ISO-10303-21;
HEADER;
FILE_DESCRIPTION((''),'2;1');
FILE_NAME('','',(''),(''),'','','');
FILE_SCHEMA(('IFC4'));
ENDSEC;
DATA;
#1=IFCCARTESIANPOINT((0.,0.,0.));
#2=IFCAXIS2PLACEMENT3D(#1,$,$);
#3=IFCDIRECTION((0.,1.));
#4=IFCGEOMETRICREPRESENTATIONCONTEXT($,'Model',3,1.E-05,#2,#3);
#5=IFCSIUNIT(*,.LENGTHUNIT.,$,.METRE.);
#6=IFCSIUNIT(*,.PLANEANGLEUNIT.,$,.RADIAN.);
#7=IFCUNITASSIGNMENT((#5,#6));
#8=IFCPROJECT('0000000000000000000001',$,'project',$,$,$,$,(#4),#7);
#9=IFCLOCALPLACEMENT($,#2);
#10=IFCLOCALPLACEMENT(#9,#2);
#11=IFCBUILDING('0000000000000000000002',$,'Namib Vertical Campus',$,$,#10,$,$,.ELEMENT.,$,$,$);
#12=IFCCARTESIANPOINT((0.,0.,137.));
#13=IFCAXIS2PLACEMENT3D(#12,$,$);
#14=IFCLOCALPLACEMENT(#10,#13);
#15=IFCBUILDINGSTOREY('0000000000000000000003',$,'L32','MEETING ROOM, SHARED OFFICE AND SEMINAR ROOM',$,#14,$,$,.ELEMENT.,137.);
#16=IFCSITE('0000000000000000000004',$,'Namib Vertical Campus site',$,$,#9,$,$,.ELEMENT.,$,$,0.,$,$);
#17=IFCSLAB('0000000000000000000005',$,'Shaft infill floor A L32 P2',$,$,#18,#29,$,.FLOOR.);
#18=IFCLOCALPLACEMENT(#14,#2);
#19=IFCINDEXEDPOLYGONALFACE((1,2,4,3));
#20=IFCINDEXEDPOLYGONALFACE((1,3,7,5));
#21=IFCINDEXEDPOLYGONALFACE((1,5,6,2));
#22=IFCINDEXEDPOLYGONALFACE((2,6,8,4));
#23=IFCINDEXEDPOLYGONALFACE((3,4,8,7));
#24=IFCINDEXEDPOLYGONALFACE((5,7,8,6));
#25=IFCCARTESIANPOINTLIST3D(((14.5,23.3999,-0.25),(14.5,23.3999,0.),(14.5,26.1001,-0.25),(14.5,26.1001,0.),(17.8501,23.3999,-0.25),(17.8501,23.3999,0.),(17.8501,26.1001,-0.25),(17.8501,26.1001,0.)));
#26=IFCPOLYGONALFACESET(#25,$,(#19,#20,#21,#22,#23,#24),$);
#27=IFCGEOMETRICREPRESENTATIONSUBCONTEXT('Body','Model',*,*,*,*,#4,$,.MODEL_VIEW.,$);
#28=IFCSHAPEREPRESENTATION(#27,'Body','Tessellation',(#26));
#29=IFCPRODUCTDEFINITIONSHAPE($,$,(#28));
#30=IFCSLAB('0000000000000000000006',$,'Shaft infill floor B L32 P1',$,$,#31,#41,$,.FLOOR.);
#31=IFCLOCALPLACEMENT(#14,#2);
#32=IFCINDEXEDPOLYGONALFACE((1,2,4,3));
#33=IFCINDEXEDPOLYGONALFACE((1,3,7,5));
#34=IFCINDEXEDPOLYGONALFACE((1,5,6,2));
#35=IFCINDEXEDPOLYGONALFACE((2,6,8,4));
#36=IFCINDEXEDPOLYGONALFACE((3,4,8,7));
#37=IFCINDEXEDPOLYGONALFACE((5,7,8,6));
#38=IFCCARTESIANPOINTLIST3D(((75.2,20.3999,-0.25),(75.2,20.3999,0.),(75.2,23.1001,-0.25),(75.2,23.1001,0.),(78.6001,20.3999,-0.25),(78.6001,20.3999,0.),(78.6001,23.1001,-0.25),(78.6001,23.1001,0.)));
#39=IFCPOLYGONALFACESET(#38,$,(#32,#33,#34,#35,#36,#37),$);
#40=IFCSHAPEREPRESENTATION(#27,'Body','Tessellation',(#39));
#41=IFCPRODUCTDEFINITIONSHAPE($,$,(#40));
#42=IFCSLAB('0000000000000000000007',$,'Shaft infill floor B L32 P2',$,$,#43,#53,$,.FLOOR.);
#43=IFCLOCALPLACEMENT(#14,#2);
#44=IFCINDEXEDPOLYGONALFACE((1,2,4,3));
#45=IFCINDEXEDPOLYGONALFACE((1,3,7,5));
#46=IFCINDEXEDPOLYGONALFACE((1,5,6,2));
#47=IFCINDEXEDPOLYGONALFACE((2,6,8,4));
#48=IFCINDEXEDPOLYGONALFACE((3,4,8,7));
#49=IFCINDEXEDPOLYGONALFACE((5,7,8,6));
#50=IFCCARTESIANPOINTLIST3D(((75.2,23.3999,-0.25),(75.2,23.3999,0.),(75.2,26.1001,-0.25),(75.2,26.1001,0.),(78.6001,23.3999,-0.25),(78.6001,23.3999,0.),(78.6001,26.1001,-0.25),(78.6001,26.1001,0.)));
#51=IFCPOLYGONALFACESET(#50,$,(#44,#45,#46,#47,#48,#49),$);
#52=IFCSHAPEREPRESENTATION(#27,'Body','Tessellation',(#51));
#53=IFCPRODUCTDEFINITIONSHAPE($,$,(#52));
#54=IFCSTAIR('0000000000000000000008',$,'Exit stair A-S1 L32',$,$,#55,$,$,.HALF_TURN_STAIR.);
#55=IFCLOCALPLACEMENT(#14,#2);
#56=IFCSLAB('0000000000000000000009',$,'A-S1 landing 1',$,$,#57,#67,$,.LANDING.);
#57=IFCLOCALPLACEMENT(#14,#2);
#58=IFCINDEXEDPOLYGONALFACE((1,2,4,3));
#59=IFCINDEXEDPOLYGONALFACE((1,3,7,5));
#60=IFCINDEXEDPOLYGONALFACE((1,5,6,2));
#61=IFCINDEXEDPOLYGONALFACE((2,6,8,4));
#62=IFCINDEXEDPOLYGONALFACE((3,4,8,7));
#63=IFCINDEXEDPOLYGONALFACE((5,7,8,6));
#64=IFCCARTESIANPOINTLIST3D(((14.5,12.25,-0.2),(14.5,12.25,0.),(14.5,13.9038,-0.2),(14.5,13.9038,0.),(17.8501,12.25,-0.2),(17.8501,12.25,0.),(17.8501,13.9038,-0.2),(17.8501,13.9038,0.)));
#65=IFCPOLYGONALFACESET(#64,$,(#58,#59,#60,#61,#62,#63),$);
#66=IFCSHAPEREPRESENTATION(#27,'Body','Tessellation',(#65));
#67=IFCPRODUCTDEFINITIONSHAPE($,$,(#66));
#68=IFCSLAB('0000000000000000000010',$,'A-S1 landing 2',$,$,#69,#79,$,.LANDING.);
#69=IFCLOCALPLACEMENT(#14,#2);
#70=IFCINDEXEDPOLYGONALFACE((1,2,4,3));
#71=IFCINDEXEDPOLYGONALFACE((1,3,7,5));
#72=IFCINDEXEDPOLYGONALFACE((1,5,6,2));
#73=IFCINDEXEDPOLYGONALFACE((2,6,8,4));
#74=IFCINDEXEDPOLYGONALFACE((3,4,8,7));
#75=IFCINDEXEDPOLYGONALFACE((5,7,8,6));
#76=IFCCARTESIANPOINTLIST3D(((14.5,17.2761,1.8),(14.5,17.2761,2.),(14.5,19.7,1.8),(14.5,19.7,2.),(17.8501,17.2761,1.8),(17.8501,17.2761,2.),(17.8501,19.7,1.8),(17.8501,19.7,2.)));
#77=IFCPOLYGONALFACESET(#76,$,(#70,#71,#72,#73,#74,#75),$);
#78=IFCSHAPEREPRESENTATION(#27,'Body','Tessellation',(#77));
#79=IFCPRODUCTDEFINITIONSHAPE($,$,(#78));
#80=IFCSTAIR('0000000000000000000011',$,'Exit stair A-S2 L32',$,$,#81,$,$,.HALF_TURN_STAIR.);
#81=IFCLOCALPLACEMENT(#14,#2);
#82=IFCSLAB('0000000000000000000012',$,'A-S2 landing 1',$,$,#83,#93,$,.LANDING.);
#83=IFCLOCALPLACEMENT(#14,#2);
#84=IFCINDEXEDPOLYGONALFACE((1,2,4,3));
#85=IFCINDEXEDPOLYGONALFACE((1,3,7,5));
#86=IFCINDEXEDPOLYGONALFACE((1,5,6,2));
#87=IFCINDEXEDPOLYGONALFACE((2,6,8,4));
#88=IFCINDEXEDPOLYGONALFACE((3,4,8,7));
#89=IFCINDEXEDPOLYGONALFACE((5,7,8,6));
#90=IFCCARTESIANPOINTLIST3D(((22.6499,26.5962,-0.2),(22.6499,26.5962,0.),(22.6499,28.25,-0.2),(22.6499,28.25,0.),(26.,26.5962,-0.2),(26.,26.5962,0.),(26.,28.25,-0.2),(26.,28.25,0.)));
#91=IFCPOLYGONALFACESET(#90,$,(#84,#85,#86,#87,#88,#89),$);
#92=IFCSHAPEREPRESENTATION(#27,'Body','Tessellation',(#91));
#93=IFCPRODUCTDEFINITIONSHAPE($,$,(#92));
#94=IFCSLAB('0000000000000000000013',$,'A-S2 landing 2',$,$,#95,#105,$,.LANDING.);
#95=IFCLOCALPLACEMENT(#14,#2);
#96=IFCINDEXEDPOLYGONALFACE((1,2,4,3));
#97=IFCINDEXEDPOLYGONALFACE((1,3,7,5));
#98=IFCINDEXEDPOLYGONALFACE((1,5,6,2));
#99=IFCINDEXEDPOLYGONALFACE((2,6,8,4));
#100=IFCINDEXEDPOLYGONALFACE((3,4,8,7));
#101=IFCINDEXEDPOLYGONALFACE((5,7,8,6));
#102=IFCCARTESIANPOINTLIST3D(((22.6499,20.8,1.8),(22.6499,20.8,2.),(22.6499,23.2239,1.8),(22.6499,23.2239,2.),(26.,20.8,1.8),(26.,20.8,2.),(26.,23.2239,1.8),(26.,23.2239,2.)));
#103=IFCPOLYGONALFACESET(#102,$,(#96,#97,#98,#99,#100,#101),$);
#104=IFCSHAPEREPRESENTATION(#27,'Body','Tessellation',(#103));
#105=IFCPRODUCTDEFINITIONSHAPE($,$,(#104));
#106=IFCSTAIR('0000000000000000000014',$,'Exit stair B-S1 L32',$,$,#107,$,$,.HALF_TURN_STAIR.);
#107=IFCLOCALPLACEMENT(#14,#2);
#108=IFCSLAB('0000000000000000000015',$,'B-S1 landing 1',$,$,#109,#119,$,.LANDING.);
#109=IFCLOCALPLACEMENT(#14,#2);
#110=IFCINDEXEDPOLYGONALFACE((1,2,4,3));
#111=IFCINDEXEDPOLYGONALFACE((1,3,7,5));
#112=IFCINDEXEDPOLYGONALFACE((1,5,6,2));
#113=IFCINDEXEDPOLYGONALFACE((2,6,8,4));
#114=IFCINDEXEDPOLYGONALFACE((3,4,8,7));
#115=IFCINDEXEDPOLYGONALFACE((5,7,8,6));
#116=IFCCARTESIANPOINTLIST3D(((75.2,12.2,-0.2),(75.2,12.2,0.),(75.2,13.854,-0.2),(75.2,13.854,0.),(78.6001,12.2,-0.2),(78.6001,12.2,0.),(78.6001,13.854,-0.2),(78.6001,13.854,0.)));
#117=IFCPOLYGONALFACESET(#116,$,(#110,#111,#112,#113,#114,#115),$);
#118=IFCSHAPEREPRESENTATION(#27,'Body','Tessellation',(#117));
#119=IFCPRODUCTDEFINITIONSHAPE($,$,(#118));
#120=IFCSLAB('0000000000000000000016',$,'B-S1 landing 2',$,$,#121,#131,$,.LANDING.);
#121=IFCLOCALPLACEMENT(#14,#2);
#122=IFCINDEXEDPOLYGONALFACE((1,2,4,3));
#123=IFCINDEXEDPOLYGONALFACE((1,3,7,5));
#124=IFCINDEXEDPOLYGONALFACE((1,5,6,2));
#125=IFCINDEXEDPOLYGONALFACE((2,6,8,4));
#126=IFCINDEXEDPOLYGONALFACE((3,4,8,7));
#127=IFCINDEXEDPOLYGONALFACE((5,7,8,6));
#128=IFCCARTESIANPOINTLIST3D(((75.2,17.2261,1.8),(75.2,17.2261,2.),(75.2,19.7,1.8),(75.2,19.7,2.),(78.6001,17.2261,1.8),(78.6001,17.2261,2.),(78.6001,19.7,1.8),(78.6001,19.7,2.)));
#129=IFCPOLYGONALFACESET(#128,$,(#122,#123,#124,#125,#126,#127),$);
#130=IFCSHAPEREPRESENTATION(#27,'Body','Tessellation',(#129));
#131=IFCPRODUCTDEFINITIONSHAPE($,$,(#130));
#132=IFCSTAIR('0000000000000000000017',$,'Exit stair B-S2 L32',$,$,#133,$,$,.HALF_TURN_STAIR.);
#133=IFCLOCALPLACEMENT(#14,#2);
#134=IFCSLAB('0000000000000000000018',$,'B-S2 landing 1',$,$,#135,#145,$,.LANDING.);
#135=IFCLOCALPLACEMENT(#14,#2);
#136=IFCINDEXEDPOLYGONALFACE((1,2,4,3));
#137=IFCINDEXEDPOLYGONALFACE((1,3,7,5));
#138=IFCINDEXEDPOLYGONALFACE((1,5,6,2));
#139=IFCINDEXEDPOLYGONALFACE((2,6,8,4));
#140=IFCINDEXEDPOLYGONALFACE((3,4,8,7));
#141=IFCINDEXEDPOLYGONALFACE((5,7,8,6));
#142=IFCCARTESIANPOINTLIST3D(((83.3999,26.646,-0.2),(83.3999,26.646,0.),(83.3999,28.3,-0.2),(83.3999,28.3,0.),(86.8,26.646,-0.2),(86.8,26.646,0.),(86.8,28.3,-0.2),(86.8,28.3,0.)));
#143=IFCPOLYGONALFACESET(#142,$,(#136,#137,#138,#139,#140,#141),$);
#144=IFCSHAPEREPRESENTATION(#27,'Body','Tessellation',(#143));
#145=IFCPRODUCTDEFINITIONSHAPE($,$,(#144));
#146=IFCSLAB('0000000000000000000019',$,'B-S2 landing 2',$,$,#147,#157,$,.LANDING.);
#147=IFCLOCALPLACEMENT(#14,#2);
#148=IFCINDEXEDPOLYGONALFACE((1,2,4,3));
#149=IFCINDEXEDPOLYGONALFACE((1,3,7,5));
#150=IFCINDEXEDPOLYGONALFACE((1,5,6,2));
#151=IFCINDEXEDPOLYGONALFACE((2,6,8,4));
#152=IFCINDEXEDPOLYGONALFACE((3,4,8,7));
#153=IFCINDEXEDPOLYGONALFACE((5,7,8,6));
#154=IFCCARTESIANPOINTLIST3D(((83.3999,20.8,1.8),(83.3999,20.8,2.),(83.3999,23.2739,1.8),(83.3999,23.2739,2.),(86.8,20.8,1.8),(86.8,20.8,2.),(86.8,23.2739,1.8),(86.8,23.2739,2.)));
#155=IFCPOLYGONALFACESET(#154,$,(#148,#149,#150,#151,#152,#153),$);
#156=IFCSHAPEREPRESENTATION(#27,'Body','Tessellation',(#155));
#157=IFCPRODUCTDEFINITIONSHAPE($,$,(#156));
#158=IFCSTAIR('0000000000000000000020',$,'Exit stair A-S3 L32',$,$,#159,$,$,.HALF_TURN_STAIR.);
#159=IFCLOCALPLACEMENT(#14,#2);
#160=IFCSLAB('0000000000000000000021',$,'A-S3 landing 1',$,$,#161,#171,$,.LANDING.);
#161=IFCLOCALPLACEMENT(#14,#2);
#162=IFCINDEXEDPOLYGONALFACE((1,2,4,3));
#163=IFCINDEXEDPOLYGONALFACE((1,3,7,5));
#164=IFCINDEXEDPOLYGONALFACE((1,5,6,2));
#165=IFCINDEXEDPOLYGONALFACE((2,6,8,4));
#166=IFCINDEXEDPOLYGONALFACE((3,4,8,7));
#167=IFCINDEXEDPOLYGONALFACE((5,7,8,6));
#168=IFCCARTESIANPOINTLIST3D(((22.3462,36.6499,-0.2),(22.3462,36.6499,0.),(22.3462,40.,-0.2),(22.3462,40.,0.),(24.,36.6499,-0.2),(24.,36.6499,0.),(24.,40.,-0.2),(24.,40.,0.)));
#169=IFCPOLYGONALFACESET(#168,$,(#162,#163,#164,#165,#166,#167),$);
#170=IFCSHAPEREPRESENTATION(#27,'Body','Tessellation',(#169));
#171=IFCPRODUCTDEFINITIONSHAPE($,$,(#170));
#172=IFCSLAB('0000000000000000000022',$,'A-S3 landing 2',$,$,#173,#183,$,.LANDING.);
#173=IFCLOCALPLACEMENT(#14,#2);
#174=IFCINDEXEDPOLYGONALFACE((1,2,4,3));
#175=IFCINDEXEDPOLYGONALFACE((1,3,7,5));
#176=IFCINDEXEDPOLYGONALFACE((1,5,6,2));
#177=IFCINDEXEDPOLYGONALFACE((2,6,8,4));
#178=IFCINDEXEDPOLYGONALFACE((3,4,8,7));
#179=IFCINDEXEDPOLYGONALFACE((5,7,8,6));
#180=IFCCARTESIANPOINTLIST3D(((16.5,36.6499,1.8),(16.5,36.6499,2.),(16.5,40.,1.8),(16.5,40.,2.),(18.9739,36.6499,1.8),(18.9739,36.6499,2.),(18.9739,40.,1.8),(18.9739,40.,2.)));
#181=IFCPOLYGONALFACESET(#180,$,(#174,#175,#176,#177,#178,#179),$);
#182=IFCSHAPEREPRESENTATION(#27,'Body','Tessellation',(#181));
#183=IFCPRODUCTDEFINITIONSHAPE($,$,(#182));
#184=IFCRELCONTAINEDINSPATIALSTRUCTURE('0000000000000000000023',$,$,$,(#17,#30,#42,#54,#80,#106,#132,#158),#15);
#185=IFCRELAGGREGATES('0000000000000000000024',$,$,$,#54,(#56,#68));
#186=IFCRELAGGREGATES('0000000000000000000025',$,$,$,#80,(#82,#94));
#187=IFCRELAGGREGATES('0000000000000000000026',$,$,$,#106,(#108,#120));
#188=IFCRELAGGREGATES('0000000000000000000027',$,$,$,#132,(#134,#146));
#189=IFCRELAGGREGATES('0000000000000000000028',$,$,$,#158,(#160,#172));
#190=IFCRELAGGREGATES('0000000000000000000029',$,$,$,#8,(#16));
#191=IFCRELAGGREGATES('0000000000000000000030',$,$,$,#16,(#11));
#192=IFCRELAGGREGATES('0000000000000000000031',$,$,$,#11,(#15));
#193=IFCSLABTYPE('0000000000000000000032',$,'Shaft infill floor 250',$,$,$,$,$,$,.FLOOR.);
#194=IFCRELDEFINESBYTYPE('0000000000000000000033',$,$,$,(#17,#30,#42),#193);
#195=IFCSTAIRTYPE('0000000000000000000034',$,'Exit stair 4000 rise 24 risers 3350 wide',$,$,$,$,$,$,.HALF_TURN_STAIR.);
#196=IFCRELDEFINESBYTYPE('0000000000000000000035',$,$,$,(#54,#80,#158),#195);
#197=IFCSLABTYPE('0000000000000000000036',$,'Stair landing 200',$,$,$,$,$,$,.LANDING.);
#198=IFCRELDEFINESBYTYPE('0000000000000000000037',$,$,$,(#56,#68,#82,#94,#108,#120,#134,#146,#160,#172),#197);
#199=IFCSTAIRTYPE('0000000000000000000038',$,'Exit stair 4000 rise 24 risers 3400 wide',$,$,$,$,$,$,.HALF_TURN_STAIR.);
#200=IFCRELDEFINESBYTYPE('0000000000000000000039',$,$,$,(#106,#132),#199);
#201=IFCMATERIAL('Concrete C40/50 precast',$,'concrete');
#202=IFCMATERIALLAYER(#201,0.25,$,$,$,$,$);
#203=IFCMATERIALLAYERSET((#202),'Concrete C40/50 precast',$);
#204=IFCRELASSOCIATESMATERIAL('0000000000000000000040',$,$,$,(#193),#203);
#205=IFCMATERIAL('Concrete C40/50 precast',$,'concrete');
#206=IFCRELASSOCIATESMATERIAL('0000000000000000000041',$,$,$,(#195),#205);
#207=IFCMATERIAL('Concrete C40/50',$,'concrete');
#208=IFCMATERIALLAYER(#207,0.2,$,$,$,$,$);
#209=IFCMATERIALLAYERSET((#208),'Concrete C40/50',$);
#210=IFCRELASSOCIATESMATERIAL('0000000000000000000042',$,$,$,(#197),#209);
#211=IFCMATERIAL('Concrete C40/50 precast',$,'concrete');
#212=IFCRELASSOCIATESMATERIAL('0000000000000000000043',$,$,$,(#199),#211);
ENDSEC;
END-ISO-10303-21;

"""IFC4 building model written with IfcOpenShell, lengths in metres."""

from ifc_helpers import new_model, si_unit, direction, frame, origin, place, context, subcontext, project, spatial, polyline, outline, extrude, material, layer, layer_set, type_object, element, aggregate, save


model = new_model("IFC4")

# Units and contexts
model_context = context("Model", 3, precision=1e-05, world=origin(), true_north=direction((0.0, 1.0)))
body_context = subcontext(model_context, "Body", "Model", "MODEL_VIEW")
ifc_project = project(units=[si_unit("LENGTHUNIT", "METRE"), si_unit("PLANEANGLEUNIT", "RADIAN")], contexts=[model_context])

# Site, building, storey
site_placement = place(None, origin())
site = spatial("IfcSite", under=ifc_project, at=site_placement, Name="Namib Vertical Campus site", CompositionType="ELEMENT", RefElevation=0.0)
building_placement = place(site_placement, origin())
building = spatial("IfcBuilding", under=site, at=building_placement, Name="Namib Vertical Campus", CompositionType="ELEMENT")
storey_placement = place(building_placement, frame((0.0, 0.0, 137.0)))
storey = spatial("IfcBuildingStorey", under=building, at=storey_placement, Name="L32", Description="MEETING ROOM, SHARED OFFICE AND SEMINAR ROOM", CompositionType="ELEMENT", Elevation=137.0)

# Slabs
ifc_material_1 = material(Name="Concrete C40/50 precast", Category="concrete")
ifc_layer_1 = layer(ifc_material_1, 0.25)
ifc_layer_set_1 = layer_set([ifc_layer_1], Name="Concrete C40/50 precast")
slab_type_1 = type_object("IfcSlabType", Name="Shaft infill floor 250", PredefinedType="FLOOR", material=ifc_layer_set_1)
slab_1_placement = place(storey_placement, frame((0.0, 0.0, -0.25)))
element("IfcSlab", 1, at=slab_1_placement, inside=storey, type_object=slab_type_1, Name="Shaft infill floor A L32 P2", PredefinedType="FLOOR", context=body_context, shape_type="SweptSolid", body=[
    extrude(outline(polyline([(14.5, 23.3999), (17.8501, 23.3999), (17.8501, 26.1001), (14.5, 26.1001), (14.5, 23.3999)])), origin(), (0.0, 0.0, 1.0), 0.25),
])
slab_2_placement = place(storey_placement, frame((0.0, 0.0, -0.25)))
element("IfcSlab", 2, at=slab_2_placement, inside=storey, type_object=slab_type_1, Name="Shaft infill floor B L32 P1", PredefinedType="FLOOR", context=body_context, shape_type="SweptSolid", body=[
    extrude(outline(polyline([(75.2, 20.3999), (78.6001, 20.3999), (78.6001, 23.1001), (75.2, 23.1001), (75.2, 20.3999)])), origin(), (0.0, 0.0, 1.0), 0.25),
])
slab_3_placement = place(storey_placement, frame((0.0, 0.0, -0.25)))
element("IfcSlab", 3, at=slab_3_placement, inside=storey, type_object=slab_type_1, Name="Shaft infill floor B L32 P2", PredefinedType="FLOOR", context=body_context, shape_type="SweptSolid", body=[
    extrude(outline(polyline([(75.2, 23.3999), (78.6001, 23.3999), (78.6001, 26.1001), (75.2, 26.1001), (75.2, 23.3999)])), origin(), (0.0, 0.0, 1.0), 0.25),
])

# Stairs, slabs
ifc_material_2 = material(Name="Concrete C40/50 precast", Category="concrete")
stair_type_1 = type_object("IfcStairType", Name="Exit stair 4000 rise 24 risers 3350 wide", PredefinedType="HALF_TURN_STAIR", material=ifc_material_2)
stair_1_placement = place(storey_placement, origin())
stair_1 = element("IfcStair", 4, at=stair_1_placement, inside=storey, type_object=stair_type_1, Name="Exit stair A-S1 L32", PredefinedType="HALF_TURN_STAIR")
ifc_material_3 = material(Name="Concrete C40/50", Category="concrete")
ifc_layer_2 = layer(ifc_material_3, 0.2)
ifc_layer_set_2 = layer_set([ifc_layer_2], Name="Concrete C40/50")
slab_type_2 = type_object("IfcSlabType", Name="Stair landing 200", PredefinedType="LANDING", material=ifc_layer_set_2)
slab_4_placement = place(storey_placement, frame((0.0, 0.0, -0.2)))
slab_4 = element("IfcSlab", 5, at=slab_4_placement, type_object=slab_type_2, Name="A-S1 landing 1", PredefinedType="LANDING", context=body_context, shape_type="SweptSolid", body=[
    extrude(outline(polyline([(14.5, 12.25), (17.8501, 12.25), (17.8501, 13.9038), (14.5, 13.9038), (14.5, 12.25)])), origin(), (0.0, 0.0, 1.0), 0.2),
])
slab_5_placement = place(storey_placement, frame((0.0, 0.0, 1.8)))
slab_5 = element("IfcSlab", 6, at=slab_5_placement, type_object=slab_type_2, Name="A-S1 landing 2", PredefinedType="LANDING", context=body_context, shape_type="SweptSolid", body=[
    extrude(outline(polyline([(14.5, 17.2761), (17.8501, 17.2761), (17.8501, 19.7), (14.5, 19.7), (14.5, 17.2761)])), origin(), (0.0, 0.0, 1.0), 0.2),
])
aggregate(stair_1, [slab_4, slab_5])
stair_2_placement = place(storey_placement, origin())
stair_2 = element("IfcStair", 7, at=stair_2_placement, inside=storey, type_object=stair_type_1, Name="Exit stair A-S2 L32", PredefinedType="HALF_TURN_STAIR")
slab_6_placement = place(storey_placement, frame((0.0, 0.0, -0.2)))
slab_6 = element("IfcSlab", 8, at=slab_6_placement, type_object=slab_type_2, Name="A-S2 landing 1", PredefinedType="LANDING", context=body_context, shape_type="SweptSolid", body=[
    extrude(outline(polyline([(22.6499, 26.5962), (26.0, 26.5962), (26.0, 28.25), (22.6499, 28.25), (22.6499, 26.5962)])), origin(), (0.0, 0.0, 1.0), 0.2),
])
slab_7_placement = place(storey_placement, frame((0.0, 0.0, 1.8)))
slab_7 = element("IfcSlab", 9, at=slab_7_placement, type_object=slab_type_2, Name="A-S2 landing 2", PredefinedType="LANDING", context=body_context, shape_type="SweptSolid", body=[
    extrude(outline(polyline([(22.6499, 20.8), (26.0, 20.8), (26.0, 23.2239), (22.6499, 23.2239), (22.6499, 20.8)])), origin(), (0.0, 0.0, 1.0), 0.2),
])
aggregate(stair_2, [slab_6, slab_7])
ifc_material_4 = material(Name="Concrete C40/50 precast", Category="concrete")
stair_type_2 = type_object("IfcStairType", Name="Exit stair 4000 rise 24 risers 3400 wide", PredefinedType="HALF_TURN_STAIR", material=ifc_material_4)
stair_3_placement = place(storey_placement, origin())
stair_3 = element("IfcStair", 10, at=stair_3_placement, inside=storey, type_object=stair_type_2, Name="Exit stair B-S1 L32", PredefinedType="HALF_TURN_STAIR")
slab_8_placement = place(storey_placement, frame((0.0, 0.0, -0.2)))
slab_8 = element("IfcSlab", 11, at=slab_8_placement, type_object=slab_type_2, Name="B-S1 landing 1", PredefinedType="LANDING", context=body_context, shape_type="SweptSolid", body=[
    extrude(outline(polyline([(75.2, 12.2), (78.6001, 12.2), (78.6001, 13.854), (75.2, 13.854), (75.2, 12.2)])), origin(), (0.0, 0.0, 1.0), 0.2),
])
slab_9_placement = place(storey_placement, frame((0.0, 0.0, 1.8)))
slab_9 = element("IfcSlab", 12, at=slab_9_placement, type_object=slab_type_2, Name="B-S1 landing 2", PredefinedType="LANDING", context=body_context, shape_type="SweptSolid", body=[
    extrude(outline(polyline([(75.2, 17.2261), (78.6001, 17.2261), (78.6001, 19.7), (75.2, 19.7), (75.2, 17.2261)])), origin(), (0.0, 0.0, 1.0), 0.2),
])
aggregate(stair_3, [slab_8, slab_9])
stair_4_placement = place(storey_placement, origin())
stair_4 = element("IfcStair", 13, at=stair_4_placement, inside=storey, type_object=stair_type_2, Name="Exit stair B-S2 L32", PredefinedType="HALF_TURN_STAIR")
slab_10_placement = place(storey_placement, frame((0.0, 0.0, -0.2)))
slab_10 = element("IfcSlab", 14, at=slab_10_placement, type_object=slab_type_2, Name="B-S2 landing 1", PredefinedType="LANDING", context=body_context, shape_type="SweptSolid", body=[
    extrude(outline(polyline([(83.3999, 26.646), (86.8, 26.646), (86.8, 28.3), (83.3999, 28.3), (83.3999, 26.646)])), origin(), (0.0, 0.0, 1.0), 0.2),
])
slab_11_placement = place(storey_placement, frame((0.0, 0.0, 1.8)))
slab_11 = element("IfcSlab", 15, at=slab_11_placement, type_object=slab_type_2, Name="B-S2 landing 2", PredefinedType="LANDING", context=body_context, shape_type="SweptSolid", body=[
    extrude(outline(polyline([(83.3999, 20.8), (86.8, 20.8), (86.8, 23.2739), (83.3999, 23.2739), (83.3999, 20.8)])), origin(), (0.0, 0.0, 1.0), 0.2),
])
aggregate(stair_4, [slab_10, slab_11])
stair_5_placement = place(storey_placement, origin())
stair_5 = element("IfcStair", 16, at=stair_5_placement, inside=storey, type_object=stair_type_1, Name="Exit stair A-S3 L32", PredefinedType="HALF_TURN_STAIR")
slab_12_placement = place(storey_placement, frame((0.0, 0.0, -0.2)))
slab_12 = element("IfcSlab", 17, at=slab_12_placement, type_object=slab_type_2, Name="A-S3 landing 1", PredefinedType="LANDING", context=body_context, shape_type="SweptSolid", body=[
    extrude(outline(polyline([(22.3462, 36.6499), (22.3462, 40.0), (24.0, 40.0), (24.0, 36.6499), (22.3462, 36.6499)])), origin(), (0.0, 0.0, 1.0), 0.2),
])
slab_13_placement = place(storey_placement, frame((0.0, 0.0, 1.8)))
slab_13 = element("IfcSlab", 18, at=slab_13_placement, type_object=slab_type_2, Name="A-S3 landing 2", PredefinedType="LANDING", context=body_context, shape_type="SweptSolid", body=[
    extrude(outline(polyline([(16.5, 36.6499), (16.5, 40.0), (18.9739, 40.0), (18.9739, 36.6499), (16.5, 36.6499)])), origin(), (0.0, 0.0, 1.0), 0.2),
])
aggregate(stair_5, [slab_12, slab_13])

save(model, "model.ifc")
